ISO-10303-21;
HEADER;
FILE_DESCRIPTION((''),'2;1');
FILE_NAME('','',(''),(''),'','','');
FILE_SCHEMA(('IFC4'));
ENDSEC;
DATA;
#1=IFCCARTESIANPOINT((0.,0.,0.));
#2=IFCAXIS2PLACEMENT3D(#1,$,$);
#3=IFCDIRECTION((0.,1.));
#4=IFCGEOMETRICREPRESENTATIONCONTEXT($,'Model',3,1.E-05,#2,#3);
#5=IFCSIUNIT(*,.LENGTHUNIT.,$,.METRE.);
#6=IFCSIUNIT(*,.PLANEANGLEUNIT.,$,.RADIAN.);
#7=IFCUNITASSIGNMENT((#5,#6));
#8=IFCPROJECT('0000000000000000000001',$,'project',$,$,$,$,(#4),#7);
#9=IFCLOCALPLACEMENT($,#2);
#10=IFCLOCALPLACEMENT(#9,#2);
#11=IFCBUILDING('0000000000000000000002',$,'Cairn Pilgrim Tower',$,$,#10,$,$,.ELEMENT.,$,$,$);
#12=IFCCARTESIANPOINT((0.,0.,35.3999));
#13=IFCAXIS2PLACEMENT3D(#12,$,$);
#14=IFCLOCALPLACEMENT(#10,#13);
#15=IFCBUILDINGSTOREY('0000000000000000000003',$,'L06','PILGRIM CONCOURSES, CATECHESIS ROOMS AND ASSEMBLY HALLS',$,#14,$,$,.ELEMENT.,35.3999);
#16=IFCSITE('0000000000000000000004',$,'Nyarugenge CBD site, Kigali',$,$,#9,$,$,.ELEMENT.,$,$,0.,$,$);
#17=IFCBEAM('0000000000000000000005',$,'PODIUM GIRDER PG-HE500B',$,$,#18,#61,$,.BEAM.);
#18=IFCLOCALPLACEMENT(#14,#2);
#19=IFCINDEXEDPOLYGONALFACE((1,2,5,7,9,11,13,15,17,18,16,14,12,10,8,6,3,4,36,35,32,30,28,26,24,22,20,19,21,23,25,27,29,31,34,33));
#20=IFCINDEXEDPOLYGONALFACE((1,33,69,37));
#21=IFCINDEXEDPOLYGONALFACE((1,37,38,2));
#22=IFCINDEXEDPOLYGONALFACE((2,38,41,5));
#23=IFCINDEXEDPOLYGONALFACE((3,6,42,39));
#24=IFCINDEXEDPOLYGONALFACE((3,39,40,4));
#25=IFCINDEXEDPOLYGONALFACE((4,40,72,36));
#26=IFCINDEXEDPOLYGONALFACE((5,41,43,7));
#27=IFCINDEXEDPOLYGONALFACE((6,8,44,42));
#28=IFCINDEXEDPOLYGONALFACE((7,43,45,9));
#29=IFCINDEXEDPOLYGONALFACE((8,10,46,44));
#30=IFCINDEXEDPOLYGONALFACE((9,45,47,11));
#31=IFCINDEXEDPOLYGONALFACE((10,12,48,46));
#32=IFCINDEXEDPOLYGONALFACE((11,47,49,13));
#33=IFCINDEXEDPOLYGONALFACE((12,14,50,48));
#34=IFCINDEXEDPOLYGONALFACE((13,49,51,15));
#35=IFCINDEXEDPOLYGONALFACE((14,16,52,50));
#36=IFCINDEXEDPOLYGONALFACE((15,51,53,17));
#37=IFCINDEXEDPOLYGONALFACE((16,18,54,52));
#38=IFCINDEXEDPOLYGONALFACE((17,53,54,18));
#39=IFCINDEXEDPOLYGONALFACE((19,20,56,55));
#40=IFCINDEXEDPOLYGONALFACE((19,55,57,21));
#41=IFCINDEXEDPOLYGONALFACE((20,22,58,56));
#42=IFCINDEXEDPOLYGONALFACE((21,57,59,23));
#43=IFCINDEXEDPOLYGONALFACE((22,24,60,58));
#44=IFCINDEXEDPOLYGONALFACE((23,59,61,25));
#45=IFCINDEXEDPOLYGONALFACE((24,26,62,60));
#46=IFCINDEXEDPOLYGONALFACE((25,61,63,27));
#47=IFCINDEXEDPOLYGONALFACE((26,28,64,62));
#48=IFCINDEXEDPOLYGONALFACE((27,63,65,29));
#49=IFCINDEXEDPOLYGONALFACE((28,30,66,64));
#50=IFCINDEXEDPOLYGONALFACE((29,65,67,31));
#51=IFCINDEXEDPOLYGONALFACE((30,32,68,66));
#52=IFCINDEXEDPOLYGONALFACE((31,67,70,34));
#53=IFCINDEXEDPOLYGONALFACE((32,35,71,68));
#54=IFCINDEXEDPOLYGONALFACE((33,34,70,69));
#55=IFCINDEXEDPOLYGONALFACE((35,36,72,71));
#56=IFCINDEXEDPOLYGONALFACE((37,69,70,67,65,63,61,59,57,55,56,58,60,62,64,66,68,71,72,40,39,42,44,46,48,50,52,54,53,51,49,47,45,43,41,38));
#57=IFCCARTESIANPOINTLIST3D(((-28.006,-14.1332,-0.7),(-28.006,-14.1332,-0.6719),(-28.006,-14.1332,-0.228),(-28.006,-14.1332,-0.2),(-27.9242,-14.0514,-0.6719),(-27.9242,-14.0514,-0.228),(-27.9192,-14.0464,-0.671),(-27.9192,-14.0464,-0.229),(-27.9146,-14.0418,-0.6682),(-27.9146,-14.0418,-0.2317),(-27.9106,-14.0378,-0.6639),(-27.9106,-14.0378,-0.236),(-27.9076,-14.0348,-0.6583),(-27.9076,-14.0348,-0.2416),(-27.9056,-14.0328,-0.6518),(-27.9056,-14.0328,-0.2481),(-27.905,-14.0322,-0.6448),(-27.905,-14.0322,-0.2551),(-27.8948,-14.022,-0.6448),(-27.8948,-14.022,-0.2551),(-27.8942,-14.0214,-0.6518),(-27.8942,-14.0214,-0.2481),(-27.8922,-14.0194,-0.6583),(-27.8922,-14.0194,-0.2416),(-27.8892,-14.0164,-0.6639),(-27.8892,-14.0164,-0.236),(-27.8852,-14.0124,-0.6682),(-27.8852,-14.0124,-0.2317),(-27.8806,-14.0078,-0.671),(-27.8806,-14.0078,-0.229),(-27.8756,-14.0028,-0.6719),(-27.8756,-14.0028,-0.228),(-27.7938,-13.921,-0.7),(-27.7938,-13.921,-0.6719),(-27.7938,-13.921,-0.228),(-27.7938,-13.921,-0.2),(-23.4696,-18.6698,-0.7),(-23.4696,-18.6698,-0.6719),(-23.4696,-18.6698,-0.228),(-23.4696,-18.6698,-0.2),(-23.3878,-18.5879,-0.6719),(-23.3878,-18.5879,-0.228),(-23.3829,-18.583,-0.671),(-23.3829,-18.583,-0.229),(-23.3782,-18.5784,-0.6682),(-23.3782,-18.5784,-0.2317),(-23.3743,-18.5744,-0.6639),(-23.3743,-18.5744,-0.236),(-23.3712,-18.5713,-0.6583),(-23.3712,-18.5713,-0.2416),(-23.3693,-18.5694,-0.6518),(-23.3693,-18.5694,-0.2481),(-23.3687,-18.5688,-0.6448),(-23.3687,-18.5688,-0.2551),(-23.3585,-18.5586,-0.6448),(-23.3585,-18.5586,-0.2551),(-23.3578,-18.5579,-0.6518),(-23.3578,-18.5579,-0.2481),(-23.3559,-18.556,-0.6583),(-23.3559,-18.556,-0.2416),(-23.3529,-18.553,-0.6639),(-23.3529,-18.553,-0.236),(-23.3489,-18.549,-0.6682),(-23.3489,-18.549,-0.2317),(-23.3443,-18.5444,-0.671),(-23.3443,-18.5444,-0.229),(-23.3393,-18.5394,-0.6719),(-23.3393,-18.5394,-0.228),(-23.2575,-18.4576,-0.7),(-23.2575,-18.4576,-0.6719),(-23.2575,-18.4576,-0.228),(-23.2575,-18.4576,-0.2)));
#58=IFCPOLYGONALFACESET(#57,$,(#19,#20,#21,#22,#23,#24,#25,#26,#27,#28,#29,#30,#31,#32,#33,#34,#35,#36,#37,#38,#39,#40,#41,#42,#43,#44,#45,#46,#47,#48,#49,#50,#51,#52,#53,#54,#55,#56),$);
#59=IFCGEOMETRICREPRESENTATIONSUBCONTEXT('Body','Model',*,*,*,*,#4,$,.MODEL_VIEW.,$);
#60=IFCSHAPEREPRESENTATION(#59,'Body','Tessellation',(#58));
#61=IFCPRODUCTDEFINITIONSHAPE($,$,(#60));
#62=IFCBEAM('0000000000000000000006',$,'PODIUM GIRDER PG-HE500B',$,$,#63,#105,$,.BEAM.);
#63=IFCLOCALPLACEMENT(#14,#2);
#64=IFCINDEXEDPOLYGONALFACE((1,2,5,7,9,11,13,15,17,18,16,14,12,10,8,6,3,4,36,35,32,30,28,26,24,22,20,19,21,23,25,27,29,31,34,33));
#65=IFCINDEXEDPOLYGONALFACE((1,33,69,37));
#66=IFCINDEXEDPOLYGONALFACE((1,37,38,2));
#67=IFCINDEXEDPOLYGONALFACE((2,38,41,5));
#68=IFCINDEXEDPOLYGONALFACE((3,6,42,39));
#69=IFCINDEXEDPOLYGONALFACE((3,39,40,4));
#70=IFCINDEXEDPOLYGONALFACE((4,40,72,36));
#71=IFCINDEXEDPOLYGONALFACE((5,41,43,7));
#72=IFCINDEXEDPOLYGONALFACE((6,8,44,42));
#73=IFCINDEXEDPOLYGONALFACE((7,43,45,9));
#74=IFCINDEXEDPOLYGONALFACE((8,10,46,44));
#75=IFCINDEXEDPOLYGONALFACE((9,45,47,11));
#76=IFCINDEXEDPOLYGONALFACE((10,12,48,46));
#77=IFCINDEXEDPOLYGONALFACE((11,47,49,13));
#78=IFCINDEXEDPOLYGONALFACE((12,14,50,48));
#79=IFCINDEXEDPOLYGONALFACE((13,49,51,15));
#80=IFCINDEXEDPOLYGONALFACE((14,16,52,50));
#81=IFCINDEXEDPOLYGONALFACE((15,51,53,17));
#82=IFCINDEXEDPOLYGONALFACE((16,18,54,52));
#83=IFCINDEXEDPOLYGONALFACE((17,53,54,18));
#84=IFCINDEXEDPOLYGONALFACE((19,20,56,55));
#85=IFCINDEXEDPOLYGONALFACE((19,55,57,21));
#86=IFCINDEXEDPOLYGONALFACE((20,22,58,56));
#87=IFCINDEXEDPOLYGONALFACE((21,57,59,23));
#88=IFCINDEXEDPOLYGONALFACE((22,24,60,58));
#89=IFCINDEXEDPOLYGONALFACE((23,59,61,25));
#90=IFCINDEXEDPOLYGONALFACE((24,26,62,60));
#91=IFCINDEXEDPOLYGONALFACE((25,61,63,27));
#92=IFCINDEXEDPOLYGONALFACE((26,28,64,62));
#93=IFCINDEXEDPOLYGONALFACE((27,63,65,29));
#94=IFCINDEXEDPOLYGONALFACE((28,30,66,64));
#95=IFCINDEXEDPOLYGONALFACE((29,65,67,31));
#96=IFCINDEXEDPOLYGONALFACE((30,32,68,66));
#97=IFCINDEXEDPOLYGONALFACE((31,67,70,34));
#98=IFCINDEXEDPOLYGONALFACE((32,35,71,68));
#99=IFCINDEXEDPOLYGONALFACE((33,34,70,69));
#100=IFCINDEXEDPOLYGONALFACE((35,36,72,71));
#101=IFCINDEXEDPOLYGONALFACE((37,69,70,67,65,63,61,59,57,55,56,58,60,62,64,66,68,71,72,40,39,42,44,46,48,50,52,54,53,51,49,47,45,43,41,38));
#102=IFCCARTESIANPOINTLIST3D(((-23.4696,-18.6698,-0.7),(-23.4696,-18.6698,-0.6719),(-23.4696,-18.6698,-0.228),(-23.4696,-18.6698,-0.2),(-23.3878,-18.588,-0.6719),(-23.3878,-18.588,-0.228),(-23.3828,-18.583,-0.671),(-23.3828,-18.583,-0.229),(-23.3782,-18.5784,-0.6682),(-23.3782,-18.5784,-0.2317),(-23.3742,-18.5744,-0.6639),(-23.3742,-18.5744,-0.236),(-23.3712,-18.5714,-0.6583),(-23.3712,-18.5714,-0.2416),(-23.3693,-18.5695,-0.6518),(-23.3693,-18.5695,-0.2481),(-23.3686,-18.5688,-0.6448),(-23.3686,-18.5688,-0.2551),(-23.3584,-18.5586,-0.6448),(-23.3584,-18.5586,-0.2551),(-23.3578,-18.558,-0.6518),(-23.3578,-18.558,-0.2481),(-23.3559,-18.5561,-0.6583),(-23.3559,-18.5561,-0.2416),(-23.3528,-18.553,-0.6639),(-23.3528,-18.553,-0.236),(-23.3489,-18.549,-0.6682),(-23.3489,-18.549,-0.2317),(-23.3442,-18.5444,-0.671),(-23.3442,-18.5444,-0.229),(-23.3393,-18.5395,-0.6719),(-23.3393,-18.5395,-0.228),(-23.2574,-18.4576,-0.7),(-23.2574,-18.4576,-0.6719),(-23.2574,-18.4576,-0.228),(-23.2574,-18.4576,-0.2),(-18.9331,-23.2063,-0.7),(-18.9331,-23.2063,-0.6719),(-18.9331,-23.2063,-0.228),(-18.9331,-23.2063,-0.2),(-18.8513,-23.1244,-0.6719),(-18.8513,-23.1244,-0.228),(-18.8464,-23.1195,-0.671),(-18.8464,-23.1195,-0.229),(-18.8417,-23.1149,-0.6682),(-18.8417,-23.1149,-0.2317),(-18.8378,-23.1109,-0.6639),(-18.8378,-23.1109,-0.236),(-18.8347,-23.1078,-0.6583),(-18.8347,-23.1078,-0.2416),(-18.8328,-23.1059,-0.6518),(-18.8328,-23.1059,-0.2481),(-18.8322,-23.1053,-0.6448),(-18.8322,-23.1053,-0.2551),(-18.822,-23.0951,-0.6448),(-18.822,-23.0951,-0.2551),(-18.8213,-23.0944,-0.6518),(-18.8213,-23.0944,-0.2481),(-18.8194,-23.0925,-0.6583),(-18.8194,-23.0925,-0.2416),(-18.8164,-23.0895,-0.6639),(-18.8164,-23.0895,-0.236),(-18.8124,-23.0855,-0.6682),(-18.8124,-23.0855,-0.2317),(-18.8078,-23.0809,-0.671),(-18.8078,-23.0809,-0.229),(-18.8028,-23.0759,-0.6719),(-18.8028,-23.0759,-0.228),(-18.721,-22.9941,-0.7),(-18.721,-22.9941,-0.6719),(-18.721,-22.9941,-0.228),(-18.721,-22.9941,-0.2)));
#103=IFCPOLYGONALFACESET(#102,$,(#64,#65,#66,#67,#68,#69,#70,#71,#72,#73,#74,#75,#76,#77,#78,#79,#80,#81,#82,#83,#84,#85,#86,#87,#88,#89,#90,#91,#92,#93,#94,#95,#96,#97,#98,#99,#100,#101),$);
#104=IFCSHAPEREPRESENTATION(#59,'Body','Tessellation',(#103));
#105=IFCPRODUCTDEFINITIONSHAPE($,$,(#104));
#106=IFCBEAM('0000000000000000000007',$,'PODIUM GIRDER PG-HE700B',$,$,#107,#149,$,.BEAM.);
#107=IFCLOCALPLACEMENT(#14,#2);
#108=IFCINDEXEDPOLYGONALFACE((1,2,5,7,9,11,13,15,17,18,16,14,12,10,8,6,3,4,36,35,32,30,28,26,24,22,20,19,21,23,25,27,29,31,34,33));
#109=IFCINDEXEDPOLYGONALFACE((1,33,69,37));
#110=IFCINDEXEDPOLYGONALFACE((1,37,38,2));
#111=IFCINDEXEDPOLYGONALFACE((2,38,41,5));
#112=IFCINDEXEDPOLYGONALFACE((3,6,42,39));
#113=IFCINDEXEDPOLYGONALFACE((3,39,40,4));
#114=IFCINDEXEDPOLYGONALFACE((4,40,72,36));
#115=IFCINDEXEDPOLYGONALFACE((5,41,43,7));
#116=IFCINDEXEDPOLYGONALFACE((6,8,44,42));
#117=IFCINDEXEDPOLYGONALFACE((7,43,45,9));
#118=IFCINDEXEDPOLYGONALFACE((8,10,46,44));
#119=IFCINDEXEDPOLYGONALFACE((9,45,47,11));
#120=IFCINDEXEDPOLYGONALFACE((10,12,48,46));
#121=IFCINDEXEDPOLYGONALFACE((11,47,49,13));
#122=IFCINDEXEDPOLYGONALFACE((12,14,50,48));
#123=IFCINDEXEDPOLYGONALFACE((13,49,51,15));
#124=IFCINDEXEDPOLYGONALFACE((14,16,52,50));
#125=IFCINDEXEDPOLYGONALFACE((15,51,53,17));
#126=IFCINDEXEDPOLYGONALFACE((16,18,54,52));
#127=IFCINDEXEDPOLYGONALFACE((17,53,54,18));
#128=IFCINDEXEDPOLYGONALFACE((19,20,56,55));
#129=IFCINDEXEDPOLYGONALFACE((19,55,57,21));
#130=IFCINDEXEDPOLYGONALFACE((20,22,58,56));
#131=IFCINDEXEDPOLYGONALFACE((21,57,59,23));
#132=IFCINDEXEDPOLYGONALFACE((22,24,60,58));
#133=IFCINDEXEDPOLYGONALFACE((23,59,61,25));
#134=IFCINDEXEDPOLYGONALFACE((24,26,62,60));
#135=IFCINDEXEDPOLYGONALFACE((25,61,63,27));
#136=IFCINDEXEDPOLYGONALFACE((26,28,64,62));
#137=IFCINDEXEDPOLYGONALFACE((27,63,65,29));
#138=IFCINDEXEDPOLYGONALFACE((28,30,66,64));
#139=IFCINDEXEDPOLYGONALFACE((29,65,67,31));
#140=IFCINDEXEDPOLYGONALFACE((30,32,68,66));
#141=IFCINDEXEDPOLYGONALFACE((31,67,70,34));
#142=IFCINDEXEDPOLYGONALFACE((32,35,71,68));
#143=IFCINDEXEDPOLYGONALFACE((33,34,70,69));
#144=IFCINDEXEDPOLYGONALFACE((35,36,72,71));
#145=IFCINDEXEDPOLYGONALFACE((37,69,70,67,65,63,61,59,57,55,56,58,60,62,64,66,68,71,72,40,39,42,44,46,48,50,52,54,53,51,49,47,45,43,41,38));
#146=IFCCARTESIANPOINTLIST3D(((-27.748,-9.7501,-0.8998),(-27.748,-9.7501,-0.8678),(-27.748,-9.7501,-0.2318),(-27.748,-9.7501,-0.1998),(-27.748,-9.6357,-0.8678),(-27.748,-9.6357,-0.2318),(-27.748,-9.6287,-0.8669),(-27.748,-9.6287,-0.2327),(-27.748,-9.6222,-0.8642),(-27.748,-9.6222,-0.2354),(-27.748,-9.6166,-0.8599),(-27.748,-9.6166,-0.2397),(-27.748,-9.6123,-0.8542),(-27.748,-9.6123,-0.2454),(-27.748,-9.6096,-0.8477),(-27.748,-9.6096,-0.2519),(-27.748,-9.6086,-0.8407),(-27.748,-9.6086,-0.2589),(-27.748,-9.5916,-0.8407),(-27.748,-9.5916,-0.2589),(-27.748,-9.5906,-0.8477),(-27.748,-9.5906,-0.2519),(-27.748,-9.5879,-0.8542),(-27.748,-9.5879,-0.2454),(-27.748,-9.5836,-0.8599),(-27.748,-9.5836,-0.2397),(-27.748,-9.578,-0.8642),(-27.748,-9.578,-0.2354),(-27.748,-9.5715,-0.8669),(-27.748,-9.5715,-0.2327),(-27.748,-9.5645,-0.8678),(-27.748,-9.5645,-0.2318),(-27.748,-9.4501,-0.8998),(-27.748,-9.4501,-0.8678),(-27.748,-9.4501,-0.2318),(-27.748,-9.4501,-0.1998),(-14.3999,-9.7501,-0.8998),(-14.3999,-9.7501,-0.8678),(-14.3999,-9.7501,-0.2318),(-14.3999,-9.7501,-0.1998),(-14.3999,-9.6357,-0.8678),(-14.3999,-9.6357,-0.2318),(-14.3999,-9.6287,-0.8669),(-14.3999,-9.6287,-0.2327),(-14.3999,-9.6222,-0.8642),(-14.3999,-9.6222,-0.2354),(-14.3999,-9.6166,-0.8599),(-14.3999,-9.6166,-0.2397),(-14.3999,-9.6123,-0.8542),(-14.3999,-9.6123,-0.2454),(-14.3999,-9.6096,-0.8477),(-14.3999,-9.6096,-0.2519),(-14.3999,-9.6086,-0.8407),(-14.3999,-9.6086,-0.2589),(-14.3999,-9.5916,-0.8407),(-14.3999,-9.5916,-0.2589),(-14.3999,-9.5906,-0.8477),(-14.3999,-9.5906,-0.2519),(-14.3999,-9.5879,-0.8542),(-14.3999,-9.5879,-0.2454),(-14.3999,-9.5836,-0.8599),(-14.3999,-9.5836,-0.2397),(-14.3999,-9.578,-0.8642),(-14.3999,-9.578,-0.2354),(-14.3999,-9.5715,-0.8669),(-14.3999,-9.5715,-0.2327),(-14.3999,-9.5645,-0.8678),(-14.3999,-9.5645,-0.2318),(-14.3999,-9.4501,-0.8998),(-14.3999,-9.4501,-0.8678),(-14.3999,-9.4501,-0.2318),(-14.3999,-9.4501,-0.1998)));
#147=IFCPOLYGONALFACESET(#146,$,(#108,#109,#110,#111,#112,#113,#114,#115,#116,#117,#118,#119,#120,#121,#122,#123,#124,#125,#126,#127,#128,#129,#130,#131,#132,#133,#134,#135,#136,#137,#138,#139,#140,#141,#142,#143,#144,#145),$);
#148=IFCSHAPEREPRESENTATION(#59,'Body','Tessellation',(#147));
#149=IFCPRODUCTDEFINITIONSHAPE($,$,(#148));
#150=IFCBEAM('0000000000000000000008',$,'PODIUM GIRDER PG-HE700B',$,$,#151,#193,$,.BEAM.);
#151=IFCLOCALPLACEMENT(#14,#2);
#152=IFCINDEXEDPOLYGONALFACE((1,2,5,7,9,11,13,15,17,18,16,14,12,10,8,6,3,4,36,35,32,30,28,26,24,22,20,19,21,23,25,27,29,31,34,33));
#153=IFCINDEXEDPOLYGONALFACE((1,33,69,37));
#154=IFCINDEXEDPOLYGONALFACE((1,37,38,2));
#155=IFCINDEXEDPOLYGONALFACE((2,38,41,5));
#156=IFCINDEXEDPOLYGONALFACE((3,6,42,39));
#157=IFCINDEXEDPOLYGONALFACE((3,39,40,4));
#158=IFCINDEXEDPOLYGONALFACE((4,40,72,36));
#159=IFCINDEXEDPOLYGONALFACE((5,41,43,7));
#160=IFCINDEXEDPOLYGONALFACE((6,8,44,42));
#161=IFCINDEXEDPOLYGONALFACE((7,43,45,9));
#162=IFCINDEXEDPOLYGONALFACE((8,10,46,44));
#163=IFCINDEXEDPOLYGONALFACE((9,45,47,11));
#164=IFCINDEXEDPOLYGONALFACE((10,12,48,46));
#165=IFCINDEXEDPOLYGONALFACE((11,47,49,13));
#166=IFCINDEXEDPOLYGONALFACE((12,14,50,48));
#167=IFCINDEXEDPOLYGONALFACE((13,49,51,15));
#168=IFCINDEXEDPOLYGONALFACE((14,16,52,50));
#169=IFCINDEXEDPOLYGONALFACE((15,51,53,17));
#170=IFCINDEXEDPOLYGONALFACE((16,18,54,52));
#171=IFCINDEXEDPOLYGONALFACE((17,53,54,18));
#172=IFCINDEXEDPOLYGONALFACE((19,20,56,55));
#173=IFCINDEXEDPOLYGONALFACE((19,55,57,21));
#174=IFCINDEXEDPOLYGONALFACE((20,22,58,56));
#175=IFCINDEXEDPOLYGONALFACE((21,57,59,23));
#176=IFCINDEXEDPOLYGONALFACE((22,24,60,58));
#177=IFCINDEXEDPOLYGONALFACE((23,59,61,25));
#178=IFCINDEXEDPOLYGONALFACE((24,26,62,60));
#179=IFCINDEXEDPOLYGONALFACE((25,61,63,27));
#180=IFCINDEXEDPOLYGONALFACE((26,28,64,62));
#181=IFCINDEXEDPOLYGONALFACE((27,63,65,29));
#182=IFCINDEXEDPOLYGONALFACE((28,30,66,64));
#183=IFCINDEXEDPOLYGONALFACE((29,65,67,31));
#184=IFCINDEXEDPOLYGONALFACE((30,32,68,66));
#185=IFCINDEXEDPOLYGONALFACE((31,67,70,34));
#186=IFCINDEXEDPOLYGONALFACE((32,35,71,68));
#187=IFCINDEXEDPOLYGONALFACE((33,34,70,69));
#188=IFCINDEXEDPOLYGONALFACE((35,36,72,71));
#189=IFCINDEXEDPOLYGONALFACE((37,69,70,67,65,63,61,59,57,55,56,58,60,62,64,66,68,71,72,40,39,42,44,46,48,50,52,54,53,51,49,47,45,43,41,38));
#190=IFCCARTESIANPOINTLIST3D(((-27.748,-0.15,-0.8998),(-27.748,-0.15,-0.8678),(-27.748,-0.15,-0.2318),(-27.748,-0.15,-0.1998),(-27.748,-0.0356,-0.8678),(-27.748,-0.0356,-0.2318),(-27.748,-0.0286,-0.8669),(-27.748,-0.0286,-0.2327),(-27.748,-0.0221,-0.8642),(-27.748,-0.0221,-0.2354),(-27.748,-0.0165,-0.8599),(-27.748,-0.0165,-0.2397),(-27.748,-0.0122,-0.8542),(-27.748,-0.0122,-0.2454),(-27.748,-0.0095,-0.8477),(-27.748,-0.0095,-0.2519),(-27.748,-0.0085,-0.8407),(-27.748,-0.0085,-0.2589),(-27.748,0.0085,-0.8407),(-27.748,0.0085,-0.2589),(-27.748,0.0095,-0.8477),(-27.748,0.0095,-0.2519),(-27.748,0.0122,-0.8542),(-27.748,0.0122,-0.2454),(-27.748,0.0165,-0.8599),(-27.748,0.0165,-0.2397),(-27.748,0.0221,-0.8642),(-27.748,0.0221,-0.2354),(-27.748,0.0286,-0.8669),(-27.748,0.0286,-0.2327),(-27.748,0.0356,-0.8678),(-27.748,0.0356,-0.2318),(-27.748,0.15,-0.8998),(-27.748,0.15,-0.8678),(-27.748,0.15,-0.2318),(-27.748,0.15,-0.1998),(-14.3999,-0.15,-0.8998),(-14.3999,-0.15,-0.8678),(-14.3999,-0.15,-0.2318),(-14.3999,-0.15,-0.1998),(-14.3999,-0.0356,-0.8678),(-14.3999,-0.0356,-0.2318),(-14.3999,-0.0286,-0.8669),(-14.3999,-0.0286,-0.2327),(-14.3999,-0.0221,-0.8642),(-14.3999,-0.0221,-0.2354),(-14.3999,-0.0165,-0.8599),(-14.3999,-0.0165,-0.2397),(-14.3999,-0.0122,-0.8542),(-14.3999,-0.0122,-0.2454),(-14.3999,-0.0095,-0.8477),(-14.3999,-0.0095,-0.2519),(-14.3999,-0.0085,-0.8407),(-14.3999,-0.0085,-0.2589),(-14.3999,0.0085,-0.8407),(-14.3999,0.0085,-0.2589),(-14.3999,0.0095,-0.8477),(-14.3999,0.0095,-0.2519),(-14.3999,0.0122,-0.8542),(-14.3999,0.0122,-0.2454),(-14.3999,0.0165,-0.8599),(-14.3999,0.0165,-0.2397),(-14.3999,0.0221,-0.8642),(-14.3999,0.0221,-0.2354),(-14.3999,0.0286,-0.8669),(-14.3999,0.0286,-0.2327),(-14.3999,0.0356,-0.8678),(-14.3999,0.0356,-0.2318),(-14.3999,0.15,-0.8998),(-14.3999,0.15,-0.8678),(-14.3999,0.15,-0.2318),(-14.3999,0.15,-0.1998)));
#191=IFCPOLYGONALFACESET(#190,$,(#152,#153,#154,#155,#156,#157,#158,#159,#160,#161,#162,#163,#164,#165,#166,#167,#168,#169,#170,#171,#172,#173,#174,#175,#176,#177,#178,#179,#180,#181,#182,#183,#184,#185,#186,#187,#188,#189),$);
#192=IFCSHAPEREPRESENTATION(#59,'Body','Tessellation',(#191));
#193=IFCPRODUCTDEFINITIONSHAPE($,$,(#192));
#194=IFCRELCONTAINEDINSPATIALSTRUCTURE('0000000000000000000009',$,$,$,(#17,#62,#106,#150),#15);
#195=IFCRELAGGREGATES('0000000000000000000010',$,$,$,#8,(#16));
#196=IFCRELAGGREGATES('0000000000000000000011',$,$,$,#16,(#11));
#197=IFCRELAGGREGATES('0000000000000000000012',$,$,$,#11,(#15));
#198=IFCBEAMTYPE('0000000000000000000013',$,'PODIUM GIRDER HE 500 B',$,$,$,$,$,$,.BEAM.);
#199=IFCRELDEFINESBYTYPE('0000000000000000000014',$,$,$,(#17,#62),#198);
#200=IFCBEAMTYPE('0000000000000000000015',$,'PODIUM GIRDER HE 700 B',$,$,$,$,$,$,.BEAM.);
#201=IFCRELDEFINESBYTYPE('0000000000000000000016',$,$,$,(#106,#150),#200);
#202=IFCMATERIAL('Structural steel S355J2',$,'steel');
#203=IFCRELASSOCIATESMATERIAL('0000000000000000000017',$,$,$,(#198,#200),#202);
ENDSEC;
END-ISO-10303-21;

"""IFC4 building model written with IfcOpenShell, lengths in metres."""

from ifc_helpers import new_model, si_unit, direction, frame, origin, origin_2d, place, context, subcontext, project, spatial, i_section, extrude, material, material_profile, profile_set, type_object, element, save


model = new_model("IFC4")

# Units and contexts
model_context = context("Model", 3, precision=1e-05, world=origin(), true_north=direction((0.0, 1.0)))
body_context = subcontext(model_context, "Body", "Model", "MODEL_VIEW")
ifc_project = project(units=[si_unit("LENGTHUNIT", "METRE"), si_unit("PLANEANGLEUNIT", "RADIAN")], contexts=[model_context])

# Site, building, storey
site_placement = place(None, origin())
site = spatial("IfcSite", under=ifc_project, at=site_placement, Name="Nyarugenge CBD site, Kigali", CompositionType="ELEMENT", RefElevation=0.0)
building_placement = place(site_placement, origin())
building = spatial("IfcBuilding", under=site, at=building_placement, Name="Cairn Pilgrim Tower", CompositionType="ELEMENT")
storey_placement = place(building_placement, frame((0.0, 0.0, 35.3999)))
storey = spatial("IfcBuildingStorey", under=building, at=storey_placement, Name="L06", Description="PILGRIM CONCOURSES, CATECHESIS ROOMS AND ASSEMBLY HALLS", CompositionType="ELEMENT", Elevation=35.3999)

# Beams
ifc_material_1 = material(Name="Structural steel S355J2", Category="steel")
ifc_material_profile_1 = material_profile(ifc_material_1, i_section(OverallWidth=0.3, OverallDepth=0.5, WebThickness=0.0144, FlangeThickness=0.0281, FilletRadius=0.0271, at=origin_2d()), Name="HEB 500")
ifc_profile_set_1 = profile_set([ifc_material_profile_1], Name="Structural steel S355J2")
beam_type_1 = type_object("IfcBeamType", Name="PODIUM GIRDER HE 500 B", PredefinedType="BEAM", material=ifc_profile_set_1)
for number, where, z_axis, x_axis, name in (
    (1, (-27.8999, -14.0271, -0.45), (0.707088, -0.707126, 0.0), (0.707126, 0.707088, 0.0), "PODIUM GIRDER PG-HE500B"),
    (2, (-23.3635, -18.5637, -0.45), (0.707107, -0.707107, 0.0), (0.707107, 0.707107, 0.0), "PODIUM GIRDER PG-HE500B"),
):
    element("IfcBeam", number, at=place(storey_placement, frame(where, z_axis=z_axis, x_axis=x_axis)), inside=storey, type_object=beam_type_1, Name=name, PredefinedType="BEAM", context=body_context, shape_type="SweptSolid", body=[
        extrude(i_section(OverallWidth=0.3, OverallDepth=0.5, WebThickness=0.0144, FlangeThickness=0.0281, FilletRadius=0.0271, at=origin_2d()), origin(), (0.0, 0.0, 1.0), 6.4155),
    ])
ifc_material_profile_2 = material_profile(ifc_material_1, i_section(OverallWidth=0.3, OverallDepth=0.7, WebThickness=0.0171, FlangeThickness=0.032, FilletRadius=0.0271, at=origin_2d()), Name="HEB 700")
ifc_profile_set_2 = profile_set([ifc_material_profile_2], Name="Structural steel S355J2")
beam_type_2 = type_object("IfcBeamType", Name="PODIUM GIRDER HE 700 B", PredefinedType="BEAM", material=ifc_profile_set_2)
for number, where, z_axis, x_axis, name in (
    (3, (-27.748, -9.6001, -0.5498), (1.0, 0.0, 0.0), (0.0, 1.0, 0.0), "PODIUM GIRDER PG-HE700B"),
    (4, (-27.748, 0.0, -0.5498), (1.0, 0.0, 0.0), (0.0, 1.0, 0.0), "PODIUM GIRDER PG-HE700B"),
):
    element("IfcBeam", number, at=place(storey_placement, frame(where, z_axis=z_axis, x_axis=x_axis)), inside=storey, type_object=beam_type_2, Name=name, PredefinedType="BEAM", context=body_context, shape_type="SweptSolid", body=[
        extrude(i_section(OverallWidth=0.3, OverallDepth=0.7, WebThickness=0.0171, FlangeThickness=0.032, FilletRadius=0.0271, at=origin_2d()), origin(), (0.0, 0.0, 1.0), 13.3481),
    ])

save(model, "model.ifc")
